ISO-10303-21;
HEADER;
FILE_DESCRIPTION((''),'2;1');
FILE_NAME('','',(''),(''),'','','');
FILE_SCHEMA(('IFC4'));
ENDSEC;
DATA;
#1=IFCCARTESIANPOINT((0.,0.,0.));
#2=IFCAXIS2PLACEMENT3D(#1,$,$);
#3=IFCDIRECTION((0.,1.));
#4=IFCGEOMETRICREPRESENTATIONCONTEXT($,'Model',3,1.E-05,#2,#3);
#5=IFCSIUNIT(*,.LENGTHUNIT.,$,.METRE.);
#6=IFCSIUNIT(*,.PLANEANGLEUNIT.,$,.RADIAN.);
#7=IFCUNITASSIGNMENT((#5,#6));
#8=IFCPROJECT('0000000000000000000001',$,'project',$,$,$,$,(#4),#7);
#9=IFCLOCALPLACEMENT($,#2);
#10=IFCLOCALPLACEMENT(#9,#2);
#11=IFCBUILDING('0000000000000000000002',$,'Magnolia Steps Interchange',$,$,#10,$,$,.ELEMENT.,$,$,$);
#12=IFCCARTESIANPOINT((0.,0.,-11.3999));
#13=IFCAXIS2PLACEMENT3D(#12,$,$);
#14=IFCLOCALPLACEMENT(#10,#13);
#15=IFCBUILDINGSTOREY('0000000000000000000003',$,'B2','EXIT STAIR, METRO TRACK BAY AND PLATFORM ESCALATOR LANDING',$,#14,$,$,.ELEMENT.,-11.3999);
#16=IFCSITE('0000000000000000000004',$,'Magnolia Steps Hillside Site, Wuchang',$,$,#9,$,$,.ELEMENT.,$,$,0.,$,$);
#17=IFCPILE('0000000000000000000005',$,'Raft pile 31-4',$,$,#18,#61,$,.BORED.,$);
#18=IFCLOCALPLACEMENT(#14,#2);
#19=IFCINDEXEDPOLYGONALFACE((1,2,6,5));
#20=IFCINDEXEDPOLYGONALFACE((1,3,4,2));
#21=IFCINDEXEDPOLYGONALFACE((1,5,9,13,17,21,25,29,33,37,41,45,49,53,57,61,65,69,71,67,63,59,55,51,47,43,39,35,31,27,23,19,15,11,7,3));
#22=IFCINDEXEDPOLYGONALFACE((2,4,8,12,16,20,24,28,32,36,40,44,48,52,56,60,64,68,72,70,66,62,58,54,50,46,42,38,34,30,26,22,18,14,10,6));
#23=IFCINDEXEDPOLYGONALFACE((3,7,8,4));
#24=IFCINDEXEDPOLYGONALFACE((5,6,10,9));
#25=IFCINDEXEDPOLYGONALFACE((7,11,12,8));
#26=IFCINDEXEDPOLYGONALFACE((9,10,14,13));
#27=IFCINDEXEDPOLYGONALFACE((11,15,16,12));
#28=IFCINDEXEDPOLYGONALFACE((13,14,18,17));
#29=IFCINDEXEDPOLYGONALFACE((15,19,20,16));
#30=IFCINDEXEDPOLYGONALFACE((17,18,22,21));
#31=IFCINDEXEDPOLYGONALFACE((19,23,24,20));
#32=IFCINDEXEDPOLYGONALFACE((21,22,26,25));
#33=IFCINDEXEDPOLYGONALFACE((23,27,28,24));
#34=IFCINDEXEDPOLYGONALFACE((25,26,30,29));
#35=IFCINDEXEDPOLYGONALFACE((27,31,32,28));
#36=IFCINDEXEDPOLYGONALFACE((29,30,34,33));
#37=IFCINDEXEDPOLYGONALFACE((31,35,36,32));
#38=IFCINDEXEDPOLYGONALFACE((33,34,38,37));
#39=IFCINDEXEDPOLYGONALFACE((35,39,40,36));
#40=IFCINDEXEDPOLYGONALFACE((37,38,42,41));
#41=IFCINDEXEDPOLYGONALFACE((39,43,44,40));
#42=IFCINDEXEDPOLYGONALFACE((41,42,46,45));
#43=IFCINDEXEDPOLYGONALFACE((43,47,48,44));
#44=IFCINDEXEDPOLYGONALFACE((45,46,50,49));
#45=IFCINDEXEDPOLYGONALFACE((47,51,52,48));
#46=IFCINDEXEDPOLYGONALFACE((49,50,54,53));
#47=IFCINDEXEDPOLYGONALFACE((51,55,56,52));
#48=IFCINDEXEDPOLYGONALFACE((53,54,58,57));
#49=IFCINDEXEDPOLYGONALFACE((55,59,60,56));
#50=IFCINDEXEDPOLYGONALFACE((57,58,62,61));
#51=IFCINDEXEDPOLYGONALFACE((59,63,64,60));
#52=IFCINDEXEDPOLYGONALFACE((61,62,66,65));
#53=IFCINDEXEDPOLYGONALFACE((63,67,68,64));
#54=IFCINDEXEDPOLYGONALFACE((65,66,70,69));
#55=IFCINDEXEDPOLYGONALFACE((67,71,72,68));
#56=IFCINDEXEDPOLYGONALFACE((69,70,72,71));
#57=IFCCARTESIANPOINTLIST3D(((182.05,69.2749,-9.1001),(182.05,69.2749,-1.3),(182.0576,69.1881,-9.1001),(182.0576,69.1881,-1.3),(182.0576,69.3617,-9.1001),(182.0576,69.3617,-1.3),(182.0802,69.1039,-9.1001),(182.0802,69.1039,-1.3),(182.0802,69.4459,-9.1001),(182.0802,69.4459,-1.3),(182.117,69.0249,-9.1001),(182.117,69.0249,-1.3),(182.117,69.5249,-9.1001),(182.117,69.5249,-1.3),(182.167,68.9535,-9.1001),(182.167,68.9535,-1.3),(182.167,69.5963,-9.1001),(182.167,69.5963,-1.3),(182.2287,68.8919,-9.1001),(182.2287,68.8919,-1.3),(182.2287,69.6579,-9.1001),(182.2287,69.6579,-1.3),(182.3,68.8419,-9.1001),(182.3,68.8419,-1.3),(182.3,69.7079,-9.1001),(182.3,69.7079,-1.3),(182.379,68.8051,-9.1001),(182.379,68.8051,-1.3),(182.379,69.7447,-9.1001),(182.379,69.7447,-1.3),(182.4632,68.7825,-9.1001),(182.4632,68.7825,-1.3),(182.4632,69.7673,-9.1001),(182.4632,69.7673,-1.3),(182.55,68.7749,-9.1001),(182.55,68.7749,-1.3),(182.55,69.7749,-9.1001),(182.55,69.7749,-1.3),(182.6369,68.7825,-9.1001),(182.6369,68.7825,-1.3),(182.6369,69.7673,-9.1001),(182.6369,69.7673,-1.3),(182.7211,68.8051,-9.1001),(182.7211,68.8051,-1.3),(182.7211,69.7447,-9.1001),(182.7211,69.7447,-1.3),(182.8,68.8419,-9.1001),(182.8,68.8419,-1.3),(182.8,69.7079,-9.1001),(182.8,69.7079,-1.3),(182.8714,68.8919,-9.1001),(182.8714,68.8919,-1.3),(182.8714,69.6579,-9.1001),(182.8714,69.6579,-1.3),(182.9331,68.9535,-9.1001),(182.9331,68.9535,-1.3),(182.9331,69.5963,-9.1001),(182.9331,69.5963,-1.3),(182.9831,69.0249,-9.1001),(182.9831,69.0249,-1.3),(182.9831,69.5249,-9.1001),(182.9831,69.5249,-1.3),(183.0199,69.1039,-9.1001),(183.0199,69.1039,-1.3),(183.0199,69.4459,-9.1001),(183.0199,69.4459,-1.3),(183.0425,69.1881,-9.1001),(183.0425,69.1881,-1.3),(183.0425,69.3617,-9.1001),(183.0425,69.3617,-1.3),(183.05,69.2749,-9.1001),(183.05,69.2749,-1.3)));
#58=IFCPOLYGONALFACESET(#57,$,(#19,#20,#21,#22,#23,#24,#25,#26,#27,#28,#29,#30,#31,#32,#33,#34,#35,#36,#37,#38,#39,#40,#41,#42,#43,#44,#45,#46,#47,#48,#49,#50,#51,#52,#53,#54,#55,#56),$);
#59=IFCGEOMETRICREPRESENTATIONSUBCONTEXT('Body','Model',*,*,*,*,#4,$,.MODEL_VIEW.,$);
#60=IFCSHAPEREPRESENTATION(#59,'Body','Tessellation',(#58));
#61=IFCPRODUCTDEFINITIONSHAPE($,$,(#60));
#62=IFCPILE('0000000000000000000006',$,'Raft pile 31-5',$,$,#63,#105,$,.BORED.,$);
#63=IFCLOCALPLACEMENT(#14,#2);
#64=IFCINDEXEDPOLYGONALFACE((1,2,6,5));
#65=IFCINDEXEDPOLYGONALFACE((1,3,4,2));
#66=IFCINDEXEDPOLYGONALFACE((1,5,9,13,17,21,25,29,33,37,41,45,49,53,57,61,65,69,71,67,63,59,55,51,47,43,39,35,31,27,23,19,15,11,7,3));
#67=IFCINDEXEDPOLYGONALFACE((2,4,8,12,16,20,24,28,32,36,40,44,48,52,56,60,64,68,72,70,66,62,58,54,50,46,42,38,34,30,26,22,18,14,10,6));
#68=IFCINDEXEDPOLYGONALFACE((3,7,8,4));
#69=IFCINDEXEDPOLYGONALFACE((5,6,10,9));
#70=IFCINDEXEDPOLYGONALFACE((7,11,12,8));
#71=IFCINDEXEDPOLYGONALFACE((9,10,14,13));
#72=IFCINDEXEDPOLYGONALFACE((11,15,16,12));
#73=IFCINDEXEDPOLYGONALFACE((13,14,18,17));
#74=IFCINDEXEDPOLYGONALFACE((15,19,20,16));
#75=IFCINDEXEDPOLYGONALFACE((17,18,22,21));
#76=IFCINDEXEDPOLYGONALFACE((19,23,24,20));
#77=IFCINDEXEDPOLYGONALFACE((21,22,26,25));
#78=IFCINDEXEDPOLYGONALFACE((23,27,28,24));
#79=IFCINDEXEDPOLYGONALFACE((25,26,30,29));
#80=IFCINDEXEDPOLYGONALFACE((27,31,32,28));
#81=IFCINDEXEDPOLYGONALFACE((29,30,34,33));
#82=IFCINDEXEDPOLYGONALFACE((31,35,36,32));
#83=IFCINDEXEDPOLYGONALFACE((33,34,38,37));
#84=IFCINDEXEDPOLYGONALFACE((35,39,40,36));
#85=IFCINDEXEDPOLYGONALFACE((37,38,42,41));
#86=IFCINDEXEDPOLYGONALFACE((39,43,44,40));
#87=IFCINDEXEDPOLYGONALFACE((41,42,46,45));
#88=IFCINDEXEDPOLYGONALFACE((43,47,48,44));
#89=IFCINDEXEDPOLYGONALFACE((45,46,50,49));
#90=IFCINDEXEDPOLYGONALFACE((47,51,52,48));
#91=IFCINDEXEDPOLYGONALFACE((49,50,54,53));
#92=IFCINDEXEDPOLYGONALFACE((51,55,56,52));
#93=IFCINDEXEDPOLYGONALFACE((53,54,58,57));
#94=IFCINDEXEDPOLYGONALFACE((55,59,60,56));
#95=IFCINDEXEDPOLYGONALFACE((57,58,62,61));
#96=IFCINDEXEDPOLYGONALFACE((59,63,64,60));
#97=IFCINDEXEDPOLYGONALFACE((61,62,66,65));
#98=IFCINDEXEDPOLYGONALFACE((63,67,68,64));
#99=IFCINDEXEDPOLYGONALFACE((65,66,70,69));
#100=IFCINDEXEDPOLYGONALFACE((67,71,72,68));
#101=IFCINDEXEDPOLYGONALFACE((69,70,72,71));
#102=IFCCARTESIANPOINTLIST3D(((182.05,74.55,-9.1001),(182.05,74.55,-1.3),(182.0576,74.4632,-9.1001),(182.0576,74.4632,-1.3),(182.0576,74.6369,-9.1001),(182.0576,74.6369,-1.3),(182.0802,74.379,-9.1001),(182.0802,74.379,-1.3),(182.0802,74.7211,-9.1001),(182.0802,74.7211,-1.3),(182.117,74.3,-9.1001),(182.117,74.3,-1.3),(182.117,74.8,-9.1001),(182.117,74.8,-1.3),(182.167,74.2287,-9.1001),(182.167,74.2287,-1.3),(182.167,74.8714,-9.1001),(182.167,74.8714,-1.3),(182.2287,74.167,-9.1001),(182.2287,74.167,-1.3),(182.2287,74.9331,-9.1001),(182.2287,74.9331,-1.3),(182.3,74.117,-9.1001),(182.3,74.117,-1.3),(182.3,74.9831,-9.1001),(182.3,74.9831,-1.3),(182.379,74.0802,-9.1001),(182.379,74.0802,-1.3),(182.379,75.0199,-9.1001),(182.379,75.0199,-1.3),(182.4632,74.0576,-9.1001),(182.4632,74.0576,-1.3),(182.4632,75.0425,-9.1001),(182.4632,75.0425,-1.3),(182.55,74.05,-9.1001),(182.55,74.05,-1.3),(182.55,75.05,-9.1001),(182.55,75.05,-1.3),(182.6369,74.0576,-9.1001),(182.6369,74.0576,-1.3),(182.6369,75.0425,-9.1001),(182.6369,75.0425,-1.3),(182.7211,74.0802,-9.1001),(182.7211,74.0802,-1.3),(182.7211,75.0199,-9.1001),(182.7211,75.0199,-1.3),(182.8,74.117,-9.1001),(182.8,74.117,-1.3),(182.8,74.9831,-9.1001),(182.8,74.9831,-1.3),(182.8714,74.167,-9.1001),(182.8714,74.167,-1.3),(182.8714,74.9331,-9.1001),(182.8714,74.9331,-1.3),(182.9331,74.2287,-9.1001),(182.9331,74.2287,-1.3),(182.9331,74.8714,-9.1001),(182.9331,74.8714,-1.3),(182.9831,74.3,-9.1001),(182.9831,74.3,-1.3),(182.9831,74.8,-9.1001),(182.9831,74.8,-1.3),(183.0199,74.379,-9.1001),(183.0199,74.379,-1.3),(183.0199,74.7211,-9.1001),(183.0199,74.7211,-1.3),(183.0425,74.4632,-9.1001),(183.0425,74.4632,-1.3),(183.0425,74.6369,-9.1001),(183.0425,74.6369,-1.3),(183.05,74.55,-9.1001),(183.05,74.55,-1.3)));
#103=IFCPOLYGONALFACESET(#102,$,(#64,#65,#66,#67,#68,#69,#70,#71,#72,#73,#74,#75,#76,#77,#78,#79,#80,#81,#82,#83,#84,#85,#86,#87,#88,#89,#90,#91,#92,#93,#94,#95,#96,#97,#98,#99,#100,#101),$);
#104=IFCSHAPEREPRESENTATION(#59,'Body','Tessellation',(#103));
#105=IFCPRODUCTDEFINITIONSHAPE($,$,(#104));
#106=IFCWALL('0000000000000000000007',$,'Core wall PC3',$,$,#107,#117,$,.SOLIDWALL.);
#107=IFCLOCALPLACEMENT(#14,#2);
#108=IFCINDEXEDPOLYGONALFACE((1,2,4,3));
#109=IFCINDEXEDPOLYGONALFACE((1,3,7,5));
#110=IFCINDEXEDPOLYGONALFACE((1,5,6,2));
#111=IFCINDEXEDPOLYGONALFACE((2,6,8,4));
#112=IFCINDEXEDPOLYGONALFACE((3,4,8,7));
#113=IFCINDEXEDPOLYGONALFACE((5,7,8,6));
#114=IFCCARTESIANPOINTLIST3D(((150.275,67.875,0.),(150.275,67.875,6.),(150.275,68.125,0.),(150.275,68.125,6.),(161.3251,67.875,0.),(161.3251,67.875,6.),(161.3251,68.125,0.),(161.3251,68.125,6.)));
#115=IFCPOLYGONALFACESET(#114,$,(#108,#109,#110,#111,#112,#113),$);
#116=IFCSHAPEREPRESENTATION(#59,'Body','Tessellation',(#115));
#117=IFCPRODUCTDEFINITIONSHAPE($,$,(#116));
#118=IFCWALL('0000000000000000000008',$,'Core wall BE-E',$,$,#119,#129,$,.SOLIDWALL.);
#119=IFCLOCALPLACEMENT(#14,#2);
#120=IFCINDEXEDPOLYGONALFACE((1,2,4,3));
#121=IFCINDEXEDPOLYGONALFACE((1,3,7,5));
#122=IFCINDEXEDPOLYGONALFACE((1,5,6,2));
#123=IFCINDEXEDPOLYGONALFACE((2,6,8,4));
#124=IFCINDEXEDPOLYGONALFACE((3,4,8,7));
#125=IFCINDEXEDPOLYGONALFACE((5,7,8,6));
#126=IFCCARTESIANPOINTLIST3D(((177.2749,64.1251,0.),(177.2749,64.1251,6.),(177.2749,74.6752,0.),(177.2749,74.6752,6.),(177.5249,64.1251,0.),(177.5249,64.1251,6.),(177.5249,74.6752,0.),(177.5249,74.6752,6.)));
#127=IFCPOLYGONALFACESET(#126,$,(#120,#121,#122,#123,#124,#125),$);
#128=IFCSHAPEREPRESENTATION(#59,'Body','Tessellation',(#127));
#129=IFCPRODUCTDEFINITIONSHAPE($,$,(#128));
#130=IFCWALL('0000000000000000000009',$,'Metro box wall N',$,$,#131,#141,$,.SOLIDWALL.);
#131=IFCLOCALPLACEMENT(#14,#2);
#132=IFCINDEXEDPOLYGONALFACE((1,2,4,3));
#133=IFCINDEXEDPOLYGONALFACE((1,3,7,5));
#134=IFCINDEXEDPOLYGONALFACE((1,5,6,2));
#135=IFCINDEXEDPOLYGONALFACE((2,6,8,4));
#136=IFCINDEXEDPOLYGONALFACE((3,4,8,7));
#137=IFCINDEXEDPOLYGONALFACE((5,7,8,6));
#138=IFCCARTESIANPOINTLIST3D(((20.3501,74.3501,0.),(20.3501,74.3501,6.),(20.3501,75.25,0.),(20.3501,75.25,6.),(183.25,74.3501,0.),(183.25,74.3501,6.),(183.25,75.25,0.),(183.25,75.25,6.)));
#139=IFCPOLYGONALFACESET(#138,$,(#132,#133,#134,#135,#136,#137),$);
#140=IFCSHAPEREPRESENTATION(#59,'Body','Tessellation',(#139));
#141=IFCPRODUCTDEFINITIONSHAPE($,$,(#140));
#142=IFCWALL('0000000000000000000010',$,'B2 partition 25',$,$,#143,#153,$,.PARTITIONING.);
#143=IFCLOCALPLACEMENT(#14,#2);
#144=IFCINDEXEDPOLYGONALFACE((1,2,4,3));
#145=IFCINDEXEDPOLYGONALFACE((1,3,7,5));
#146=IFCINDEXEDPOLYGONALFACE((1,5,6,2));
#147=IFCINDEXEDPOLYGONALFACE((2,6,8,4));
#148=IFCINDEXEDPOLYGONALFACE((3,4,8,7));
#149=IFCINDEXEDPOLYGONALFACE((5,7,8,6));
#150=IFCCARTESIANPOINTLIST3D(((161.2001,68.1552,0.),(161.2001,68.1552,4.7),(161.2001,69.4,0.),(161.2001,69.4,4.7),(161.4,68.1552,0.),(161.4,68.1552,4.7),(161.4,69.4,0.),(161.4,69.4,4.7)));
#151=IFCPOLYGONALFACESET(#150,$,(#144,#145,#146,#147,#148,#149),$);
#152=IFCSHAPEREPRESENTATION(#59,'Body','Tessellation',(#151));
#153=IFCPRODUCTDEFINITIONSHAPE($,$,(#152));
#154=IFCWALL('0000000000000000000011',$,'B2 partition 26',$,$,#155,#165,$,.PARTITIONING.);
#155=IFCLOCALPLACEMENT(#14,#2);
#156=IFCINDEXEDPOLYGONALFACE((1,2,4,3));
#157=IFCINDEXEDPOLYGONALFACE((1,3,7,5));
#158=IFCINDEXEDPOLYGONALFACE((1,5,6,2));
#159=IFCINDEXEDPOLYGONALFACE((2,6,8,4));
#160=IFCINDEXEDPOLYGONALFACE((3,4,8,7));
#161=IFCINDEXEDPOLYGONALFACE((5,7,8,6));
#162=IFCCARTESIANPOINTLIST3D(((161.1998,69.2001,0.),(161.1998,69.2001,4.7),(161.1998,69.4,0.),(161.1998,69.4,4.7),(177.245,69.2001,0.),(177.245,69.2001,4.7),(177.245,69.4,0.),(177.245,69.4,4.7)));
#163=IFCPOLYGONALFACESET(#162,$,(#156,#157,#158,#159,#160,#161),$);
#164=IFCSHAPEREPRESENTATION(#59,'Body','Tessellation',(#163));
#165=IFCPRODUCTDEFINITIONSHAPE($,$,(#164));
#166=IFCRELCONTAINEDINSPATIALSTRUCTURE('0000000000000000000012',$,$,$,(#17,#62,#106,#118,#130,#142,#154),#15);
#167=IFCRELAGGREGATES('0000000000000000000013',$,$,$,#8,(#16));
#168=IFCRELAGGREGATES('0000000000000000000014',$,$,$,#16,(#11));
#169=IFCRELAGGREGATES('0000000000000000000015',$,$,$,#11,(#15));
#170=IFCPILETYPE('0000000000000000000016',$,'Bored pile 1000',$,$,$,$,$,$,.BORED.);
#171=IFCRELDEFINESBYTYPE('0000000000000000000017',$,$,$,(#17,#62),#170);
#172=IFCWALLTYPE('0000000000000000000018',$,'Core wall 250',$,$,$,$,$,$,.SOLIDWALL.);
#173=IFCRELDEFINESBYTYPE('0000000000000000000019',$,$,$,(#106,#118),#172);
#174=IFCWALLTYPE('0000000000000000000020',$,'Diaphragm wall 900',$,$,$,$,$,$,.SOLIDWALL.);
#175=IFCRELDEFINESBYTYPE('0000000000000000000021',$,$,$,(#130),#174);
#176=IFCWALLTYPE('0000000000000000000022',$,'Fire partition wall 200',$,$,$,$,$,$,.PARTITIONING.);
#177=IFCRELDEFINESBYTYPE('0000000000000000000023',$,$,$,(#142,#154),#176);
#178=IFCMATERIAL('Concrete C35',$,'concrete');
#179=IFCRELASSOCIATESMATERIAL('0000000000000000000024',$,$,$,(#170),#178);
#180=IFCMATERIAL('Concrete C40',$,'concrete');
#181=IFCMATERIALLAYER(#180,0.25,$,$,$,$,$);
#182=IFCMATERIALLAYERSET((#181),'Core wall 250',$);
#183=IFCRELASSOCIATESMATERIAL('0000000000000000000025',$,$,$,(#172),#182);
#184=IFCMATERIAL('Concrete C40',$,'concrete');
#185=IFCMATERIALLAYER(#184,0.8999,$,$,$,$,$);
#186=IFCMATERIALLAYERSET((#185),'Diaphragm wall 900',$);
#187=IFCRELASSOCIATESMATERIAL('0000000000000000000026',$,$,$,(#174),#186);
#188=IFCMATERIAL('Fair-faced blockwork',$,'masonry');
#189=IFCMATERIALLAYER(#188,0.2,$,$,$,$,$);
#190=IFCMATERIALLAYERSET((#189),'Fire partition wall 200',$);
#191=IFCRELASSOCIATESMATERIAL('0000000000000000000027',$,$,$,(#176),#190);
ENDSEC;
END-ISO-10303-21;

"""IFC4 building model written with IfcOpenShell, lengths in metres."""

from ifc_helpers import new_model, si_unit, direction, frame, frame_2d, origin, origin_2d, place, context, subcontext, project, spatial, rectangle, circle, extrude, material, layer, layer_set, material_profile, profile_set, type_object, element, save


model = new_model("IFC4")

# Units and contexts
model_context = context("Model", 3, precision=1e-05, world=origin(), true_north=direction((0.0, 1.0)))
body_context = subcontext(model_context, "Body", "Model", "MODEL_VIEW")
ifc_project = project(units=[si_unit("LENGTHUNIT", "METRE"), si_unit("PLANEANGLEUNIT", "RADIAN")], contexts=[model_context])

# Site, building, storey
site_placement = place(None, origin())
site = spatial("IfcSite", under=ifc_project, at=site_placement, Name="Magnolia Steps Hillside Site, Wuchang", CompositionType="ELEMENT", RefElevation=0.0)
building_placement = place(site_placement, origin())
building = spatial("IfcBuilding", under=site, at=building_placement, Name="Magnolia Steps Interchange", CompositionType="ELEMENT")
storey_placement = place(building_placement, frame((0.0, 0.0, -11.3999)))
storey = spatial("IfcBuildingStorey", under=building, at=storey_placement, Name="B2", Description="EXIT STAIR, METRO TRACK BAY AND PLATFORM ESCALATOR LANDING", CompositionType="ELEMENT", Elevation=-11.3999)

# Piles
ifc_material_1 = material(Name="Concrete C35", Category="concrete")
ifc_material_profile = material_profile(ifc_material_1, circle(Radius=0.5, at=origin_2d()), Name="Bored pile 1000")
ifc_profile_set = profile_set([ifc_material_profile], Name="Concrete C35")
pile_type = type_object("IfcPileType", Name="Bored pile 1000", PredefinedType="BORED", material=ifc_profile_set)
for number, where, z_axis, x_axis, name in (
    (1, (182.55, 69.2749, -1.3), (0.0, 0.0, -1.0), (1.0, 0.0, 0.0), "Raft pile 31-4"),
    (2, (182.55, 74.55, -1.3), (0.0, 0.0, -1.0), (1.0, 0.0, 0.0), "Raft pile 31-5"),
):
    element("IfcPile", number, at=place(storey_placement, frame(where, z_axis=z_axis, x_axis=x_axis)), inside=storey, type_object=pile_type, Name=name, PredefinedType="BORED", context=body_context, shape_type="SweptSolid", body=[
        extrude(circle(Radius=0.5, at=origin_2d()), origin(), (0.0, 0.0, 1.0), 7.8),
    ])

# Walls
ifc_material_2 = material(Name="Concrete C40", Category="concrete")
ifc_layer_1 = layer(ifc_material_2, 0.25)
ifc_layer_set_1 = layer_set([ifc_layer_1], Name="Core wall 250")
wall_type_1 = type_object("IfcWallType", Name="Core wall 250", PredefinedType="SOLIDWALL", material=ifc_layer_set_1)
wall_1_placement = place(storey_placement, frame((161.325, 68.0, 0.0), z_axis=(0.0, 0.0, 1.0), x_axis=(-1.0, 0.0, 0.0)))
element("IfcWall", 3, at=wall_1_placement, inside=storey, type_object=wall_type_1, Name="Core wall PC3", PredefinedType="SOLIDWALL", context=body_context, shape_type="SweptSolid", body=[
    extrude(rectangle(XDim=11.05, YDim=0.25, at=frame_2d((5.5249, 0.0))), origin(), (0.0, 0.0, 1.0), 6.0),
])
wall_2_placement = place(storey_placement, frame((177.3999, 74.675, 0.0), z_axis=(0.0, 0.0, 1.0), x_axis=(0.0, -1.0, 0.0)))
element("IfcWall", 4, at=wall_2_placement, inside=storey, type_object=wall_type_1, Name="Core wall BE-E", PredefinedType="SOLIDWALL", context=body_context, shape_type="SweptSolid", body=[
    extrude(rectangle(XDim=10.55, YDim=0.25, at=frame_2d((5.2749, 0.0))), origin(), (0.0, 0.0, 1.0), 6.0),
])
ifc_material_3 = material(Name="Concrete C40", Category="concrete")
ifc_layer_2 = layer(ifc_material_3, 0.8999)
ifc_layer_set_2 = layer_set([ifc_layer_2], Name="Diaphragm wall 900")
wall_type_2 = type_object("IfcWallType", Name="Diaphragm wall 900", PredefinedType="SOLIDWALL", material=ifc_layer_set_2)
wall_3_placement = place(storey_placement, frame((183.25, 74.8, 0.0), z_axis=(0.0, 0.0, 1.0), x_axis=(-1.0, 0.0, 0.0)))
element("IfcWall", 5, at=wall_3_placement, inside=storey, type_object=wall_type_2, Name="Metro box wall N", PredefinedType="SOLIDWALL", context=body_context, shape_type="SweptSolid", body=[
    extrude(rectangle(XDim=162.8999, YDim=0.8999, at=frame_2d((81.45, 0.0))), origin(), (0.0, 0.0, 1.0), 6.0),
])
ifc_material_4 = material(Name="Fair-faced blockwork", Category="masonry")
ifc_layer_3 = layer(ifc_material_4, 0.2)
ifc_layer_set_3 = layer_set([ifc_layer_3], Name="Fire partition wall 200")
wall_type_3 = type_object("IfcWallType", Name="Fire partition wall 200", PredefinedType="PARTITIONING", material=ifc_layer_set_3)
wall_4_placement = place(storey_placement, frame((161.3, 68.155, 0.0), z_axis=(0.0, 0.0, 1.0), x_axis=(0.0, 1.0, 0.0)))
element("IfcWall", 6, at=wall_4_placement, inside=storey, type_object=wall_type_3, Name="B2 partition 25", PredefinedType="PARTITIONING", context=body_context, shape_type="SweptSolid", body=[
    extrude(rectangle(XDim=1.2449, YDim=0.2, at=frame_2d((0.6226, 0.0))), origin(), (0.0, 0.0, 1.0), 4.7),
])
wall_5_placement = place(storey_placement, frame((161.2, 69.3, 0.0), z_axis=(0.0, 0.0, 1.0), x_axis=(1.0, 0.0, 0.0)))
element("IfcWall", 7, at=wall_5_placement, inside=storey, type_object=wall_type_3, Name="B2 partition 26", PredefinedType="PARTITIONING", context=body_context, shape_type="SweptSolid", body=[
    extrude(rectangle(XDim=16.0452, YDim=0.2, at=frame_2d((8.0225, 0.0))), origin(), (0.0, 0.0, 1.0), 4.7),
])

save(model, "model.ifc")
